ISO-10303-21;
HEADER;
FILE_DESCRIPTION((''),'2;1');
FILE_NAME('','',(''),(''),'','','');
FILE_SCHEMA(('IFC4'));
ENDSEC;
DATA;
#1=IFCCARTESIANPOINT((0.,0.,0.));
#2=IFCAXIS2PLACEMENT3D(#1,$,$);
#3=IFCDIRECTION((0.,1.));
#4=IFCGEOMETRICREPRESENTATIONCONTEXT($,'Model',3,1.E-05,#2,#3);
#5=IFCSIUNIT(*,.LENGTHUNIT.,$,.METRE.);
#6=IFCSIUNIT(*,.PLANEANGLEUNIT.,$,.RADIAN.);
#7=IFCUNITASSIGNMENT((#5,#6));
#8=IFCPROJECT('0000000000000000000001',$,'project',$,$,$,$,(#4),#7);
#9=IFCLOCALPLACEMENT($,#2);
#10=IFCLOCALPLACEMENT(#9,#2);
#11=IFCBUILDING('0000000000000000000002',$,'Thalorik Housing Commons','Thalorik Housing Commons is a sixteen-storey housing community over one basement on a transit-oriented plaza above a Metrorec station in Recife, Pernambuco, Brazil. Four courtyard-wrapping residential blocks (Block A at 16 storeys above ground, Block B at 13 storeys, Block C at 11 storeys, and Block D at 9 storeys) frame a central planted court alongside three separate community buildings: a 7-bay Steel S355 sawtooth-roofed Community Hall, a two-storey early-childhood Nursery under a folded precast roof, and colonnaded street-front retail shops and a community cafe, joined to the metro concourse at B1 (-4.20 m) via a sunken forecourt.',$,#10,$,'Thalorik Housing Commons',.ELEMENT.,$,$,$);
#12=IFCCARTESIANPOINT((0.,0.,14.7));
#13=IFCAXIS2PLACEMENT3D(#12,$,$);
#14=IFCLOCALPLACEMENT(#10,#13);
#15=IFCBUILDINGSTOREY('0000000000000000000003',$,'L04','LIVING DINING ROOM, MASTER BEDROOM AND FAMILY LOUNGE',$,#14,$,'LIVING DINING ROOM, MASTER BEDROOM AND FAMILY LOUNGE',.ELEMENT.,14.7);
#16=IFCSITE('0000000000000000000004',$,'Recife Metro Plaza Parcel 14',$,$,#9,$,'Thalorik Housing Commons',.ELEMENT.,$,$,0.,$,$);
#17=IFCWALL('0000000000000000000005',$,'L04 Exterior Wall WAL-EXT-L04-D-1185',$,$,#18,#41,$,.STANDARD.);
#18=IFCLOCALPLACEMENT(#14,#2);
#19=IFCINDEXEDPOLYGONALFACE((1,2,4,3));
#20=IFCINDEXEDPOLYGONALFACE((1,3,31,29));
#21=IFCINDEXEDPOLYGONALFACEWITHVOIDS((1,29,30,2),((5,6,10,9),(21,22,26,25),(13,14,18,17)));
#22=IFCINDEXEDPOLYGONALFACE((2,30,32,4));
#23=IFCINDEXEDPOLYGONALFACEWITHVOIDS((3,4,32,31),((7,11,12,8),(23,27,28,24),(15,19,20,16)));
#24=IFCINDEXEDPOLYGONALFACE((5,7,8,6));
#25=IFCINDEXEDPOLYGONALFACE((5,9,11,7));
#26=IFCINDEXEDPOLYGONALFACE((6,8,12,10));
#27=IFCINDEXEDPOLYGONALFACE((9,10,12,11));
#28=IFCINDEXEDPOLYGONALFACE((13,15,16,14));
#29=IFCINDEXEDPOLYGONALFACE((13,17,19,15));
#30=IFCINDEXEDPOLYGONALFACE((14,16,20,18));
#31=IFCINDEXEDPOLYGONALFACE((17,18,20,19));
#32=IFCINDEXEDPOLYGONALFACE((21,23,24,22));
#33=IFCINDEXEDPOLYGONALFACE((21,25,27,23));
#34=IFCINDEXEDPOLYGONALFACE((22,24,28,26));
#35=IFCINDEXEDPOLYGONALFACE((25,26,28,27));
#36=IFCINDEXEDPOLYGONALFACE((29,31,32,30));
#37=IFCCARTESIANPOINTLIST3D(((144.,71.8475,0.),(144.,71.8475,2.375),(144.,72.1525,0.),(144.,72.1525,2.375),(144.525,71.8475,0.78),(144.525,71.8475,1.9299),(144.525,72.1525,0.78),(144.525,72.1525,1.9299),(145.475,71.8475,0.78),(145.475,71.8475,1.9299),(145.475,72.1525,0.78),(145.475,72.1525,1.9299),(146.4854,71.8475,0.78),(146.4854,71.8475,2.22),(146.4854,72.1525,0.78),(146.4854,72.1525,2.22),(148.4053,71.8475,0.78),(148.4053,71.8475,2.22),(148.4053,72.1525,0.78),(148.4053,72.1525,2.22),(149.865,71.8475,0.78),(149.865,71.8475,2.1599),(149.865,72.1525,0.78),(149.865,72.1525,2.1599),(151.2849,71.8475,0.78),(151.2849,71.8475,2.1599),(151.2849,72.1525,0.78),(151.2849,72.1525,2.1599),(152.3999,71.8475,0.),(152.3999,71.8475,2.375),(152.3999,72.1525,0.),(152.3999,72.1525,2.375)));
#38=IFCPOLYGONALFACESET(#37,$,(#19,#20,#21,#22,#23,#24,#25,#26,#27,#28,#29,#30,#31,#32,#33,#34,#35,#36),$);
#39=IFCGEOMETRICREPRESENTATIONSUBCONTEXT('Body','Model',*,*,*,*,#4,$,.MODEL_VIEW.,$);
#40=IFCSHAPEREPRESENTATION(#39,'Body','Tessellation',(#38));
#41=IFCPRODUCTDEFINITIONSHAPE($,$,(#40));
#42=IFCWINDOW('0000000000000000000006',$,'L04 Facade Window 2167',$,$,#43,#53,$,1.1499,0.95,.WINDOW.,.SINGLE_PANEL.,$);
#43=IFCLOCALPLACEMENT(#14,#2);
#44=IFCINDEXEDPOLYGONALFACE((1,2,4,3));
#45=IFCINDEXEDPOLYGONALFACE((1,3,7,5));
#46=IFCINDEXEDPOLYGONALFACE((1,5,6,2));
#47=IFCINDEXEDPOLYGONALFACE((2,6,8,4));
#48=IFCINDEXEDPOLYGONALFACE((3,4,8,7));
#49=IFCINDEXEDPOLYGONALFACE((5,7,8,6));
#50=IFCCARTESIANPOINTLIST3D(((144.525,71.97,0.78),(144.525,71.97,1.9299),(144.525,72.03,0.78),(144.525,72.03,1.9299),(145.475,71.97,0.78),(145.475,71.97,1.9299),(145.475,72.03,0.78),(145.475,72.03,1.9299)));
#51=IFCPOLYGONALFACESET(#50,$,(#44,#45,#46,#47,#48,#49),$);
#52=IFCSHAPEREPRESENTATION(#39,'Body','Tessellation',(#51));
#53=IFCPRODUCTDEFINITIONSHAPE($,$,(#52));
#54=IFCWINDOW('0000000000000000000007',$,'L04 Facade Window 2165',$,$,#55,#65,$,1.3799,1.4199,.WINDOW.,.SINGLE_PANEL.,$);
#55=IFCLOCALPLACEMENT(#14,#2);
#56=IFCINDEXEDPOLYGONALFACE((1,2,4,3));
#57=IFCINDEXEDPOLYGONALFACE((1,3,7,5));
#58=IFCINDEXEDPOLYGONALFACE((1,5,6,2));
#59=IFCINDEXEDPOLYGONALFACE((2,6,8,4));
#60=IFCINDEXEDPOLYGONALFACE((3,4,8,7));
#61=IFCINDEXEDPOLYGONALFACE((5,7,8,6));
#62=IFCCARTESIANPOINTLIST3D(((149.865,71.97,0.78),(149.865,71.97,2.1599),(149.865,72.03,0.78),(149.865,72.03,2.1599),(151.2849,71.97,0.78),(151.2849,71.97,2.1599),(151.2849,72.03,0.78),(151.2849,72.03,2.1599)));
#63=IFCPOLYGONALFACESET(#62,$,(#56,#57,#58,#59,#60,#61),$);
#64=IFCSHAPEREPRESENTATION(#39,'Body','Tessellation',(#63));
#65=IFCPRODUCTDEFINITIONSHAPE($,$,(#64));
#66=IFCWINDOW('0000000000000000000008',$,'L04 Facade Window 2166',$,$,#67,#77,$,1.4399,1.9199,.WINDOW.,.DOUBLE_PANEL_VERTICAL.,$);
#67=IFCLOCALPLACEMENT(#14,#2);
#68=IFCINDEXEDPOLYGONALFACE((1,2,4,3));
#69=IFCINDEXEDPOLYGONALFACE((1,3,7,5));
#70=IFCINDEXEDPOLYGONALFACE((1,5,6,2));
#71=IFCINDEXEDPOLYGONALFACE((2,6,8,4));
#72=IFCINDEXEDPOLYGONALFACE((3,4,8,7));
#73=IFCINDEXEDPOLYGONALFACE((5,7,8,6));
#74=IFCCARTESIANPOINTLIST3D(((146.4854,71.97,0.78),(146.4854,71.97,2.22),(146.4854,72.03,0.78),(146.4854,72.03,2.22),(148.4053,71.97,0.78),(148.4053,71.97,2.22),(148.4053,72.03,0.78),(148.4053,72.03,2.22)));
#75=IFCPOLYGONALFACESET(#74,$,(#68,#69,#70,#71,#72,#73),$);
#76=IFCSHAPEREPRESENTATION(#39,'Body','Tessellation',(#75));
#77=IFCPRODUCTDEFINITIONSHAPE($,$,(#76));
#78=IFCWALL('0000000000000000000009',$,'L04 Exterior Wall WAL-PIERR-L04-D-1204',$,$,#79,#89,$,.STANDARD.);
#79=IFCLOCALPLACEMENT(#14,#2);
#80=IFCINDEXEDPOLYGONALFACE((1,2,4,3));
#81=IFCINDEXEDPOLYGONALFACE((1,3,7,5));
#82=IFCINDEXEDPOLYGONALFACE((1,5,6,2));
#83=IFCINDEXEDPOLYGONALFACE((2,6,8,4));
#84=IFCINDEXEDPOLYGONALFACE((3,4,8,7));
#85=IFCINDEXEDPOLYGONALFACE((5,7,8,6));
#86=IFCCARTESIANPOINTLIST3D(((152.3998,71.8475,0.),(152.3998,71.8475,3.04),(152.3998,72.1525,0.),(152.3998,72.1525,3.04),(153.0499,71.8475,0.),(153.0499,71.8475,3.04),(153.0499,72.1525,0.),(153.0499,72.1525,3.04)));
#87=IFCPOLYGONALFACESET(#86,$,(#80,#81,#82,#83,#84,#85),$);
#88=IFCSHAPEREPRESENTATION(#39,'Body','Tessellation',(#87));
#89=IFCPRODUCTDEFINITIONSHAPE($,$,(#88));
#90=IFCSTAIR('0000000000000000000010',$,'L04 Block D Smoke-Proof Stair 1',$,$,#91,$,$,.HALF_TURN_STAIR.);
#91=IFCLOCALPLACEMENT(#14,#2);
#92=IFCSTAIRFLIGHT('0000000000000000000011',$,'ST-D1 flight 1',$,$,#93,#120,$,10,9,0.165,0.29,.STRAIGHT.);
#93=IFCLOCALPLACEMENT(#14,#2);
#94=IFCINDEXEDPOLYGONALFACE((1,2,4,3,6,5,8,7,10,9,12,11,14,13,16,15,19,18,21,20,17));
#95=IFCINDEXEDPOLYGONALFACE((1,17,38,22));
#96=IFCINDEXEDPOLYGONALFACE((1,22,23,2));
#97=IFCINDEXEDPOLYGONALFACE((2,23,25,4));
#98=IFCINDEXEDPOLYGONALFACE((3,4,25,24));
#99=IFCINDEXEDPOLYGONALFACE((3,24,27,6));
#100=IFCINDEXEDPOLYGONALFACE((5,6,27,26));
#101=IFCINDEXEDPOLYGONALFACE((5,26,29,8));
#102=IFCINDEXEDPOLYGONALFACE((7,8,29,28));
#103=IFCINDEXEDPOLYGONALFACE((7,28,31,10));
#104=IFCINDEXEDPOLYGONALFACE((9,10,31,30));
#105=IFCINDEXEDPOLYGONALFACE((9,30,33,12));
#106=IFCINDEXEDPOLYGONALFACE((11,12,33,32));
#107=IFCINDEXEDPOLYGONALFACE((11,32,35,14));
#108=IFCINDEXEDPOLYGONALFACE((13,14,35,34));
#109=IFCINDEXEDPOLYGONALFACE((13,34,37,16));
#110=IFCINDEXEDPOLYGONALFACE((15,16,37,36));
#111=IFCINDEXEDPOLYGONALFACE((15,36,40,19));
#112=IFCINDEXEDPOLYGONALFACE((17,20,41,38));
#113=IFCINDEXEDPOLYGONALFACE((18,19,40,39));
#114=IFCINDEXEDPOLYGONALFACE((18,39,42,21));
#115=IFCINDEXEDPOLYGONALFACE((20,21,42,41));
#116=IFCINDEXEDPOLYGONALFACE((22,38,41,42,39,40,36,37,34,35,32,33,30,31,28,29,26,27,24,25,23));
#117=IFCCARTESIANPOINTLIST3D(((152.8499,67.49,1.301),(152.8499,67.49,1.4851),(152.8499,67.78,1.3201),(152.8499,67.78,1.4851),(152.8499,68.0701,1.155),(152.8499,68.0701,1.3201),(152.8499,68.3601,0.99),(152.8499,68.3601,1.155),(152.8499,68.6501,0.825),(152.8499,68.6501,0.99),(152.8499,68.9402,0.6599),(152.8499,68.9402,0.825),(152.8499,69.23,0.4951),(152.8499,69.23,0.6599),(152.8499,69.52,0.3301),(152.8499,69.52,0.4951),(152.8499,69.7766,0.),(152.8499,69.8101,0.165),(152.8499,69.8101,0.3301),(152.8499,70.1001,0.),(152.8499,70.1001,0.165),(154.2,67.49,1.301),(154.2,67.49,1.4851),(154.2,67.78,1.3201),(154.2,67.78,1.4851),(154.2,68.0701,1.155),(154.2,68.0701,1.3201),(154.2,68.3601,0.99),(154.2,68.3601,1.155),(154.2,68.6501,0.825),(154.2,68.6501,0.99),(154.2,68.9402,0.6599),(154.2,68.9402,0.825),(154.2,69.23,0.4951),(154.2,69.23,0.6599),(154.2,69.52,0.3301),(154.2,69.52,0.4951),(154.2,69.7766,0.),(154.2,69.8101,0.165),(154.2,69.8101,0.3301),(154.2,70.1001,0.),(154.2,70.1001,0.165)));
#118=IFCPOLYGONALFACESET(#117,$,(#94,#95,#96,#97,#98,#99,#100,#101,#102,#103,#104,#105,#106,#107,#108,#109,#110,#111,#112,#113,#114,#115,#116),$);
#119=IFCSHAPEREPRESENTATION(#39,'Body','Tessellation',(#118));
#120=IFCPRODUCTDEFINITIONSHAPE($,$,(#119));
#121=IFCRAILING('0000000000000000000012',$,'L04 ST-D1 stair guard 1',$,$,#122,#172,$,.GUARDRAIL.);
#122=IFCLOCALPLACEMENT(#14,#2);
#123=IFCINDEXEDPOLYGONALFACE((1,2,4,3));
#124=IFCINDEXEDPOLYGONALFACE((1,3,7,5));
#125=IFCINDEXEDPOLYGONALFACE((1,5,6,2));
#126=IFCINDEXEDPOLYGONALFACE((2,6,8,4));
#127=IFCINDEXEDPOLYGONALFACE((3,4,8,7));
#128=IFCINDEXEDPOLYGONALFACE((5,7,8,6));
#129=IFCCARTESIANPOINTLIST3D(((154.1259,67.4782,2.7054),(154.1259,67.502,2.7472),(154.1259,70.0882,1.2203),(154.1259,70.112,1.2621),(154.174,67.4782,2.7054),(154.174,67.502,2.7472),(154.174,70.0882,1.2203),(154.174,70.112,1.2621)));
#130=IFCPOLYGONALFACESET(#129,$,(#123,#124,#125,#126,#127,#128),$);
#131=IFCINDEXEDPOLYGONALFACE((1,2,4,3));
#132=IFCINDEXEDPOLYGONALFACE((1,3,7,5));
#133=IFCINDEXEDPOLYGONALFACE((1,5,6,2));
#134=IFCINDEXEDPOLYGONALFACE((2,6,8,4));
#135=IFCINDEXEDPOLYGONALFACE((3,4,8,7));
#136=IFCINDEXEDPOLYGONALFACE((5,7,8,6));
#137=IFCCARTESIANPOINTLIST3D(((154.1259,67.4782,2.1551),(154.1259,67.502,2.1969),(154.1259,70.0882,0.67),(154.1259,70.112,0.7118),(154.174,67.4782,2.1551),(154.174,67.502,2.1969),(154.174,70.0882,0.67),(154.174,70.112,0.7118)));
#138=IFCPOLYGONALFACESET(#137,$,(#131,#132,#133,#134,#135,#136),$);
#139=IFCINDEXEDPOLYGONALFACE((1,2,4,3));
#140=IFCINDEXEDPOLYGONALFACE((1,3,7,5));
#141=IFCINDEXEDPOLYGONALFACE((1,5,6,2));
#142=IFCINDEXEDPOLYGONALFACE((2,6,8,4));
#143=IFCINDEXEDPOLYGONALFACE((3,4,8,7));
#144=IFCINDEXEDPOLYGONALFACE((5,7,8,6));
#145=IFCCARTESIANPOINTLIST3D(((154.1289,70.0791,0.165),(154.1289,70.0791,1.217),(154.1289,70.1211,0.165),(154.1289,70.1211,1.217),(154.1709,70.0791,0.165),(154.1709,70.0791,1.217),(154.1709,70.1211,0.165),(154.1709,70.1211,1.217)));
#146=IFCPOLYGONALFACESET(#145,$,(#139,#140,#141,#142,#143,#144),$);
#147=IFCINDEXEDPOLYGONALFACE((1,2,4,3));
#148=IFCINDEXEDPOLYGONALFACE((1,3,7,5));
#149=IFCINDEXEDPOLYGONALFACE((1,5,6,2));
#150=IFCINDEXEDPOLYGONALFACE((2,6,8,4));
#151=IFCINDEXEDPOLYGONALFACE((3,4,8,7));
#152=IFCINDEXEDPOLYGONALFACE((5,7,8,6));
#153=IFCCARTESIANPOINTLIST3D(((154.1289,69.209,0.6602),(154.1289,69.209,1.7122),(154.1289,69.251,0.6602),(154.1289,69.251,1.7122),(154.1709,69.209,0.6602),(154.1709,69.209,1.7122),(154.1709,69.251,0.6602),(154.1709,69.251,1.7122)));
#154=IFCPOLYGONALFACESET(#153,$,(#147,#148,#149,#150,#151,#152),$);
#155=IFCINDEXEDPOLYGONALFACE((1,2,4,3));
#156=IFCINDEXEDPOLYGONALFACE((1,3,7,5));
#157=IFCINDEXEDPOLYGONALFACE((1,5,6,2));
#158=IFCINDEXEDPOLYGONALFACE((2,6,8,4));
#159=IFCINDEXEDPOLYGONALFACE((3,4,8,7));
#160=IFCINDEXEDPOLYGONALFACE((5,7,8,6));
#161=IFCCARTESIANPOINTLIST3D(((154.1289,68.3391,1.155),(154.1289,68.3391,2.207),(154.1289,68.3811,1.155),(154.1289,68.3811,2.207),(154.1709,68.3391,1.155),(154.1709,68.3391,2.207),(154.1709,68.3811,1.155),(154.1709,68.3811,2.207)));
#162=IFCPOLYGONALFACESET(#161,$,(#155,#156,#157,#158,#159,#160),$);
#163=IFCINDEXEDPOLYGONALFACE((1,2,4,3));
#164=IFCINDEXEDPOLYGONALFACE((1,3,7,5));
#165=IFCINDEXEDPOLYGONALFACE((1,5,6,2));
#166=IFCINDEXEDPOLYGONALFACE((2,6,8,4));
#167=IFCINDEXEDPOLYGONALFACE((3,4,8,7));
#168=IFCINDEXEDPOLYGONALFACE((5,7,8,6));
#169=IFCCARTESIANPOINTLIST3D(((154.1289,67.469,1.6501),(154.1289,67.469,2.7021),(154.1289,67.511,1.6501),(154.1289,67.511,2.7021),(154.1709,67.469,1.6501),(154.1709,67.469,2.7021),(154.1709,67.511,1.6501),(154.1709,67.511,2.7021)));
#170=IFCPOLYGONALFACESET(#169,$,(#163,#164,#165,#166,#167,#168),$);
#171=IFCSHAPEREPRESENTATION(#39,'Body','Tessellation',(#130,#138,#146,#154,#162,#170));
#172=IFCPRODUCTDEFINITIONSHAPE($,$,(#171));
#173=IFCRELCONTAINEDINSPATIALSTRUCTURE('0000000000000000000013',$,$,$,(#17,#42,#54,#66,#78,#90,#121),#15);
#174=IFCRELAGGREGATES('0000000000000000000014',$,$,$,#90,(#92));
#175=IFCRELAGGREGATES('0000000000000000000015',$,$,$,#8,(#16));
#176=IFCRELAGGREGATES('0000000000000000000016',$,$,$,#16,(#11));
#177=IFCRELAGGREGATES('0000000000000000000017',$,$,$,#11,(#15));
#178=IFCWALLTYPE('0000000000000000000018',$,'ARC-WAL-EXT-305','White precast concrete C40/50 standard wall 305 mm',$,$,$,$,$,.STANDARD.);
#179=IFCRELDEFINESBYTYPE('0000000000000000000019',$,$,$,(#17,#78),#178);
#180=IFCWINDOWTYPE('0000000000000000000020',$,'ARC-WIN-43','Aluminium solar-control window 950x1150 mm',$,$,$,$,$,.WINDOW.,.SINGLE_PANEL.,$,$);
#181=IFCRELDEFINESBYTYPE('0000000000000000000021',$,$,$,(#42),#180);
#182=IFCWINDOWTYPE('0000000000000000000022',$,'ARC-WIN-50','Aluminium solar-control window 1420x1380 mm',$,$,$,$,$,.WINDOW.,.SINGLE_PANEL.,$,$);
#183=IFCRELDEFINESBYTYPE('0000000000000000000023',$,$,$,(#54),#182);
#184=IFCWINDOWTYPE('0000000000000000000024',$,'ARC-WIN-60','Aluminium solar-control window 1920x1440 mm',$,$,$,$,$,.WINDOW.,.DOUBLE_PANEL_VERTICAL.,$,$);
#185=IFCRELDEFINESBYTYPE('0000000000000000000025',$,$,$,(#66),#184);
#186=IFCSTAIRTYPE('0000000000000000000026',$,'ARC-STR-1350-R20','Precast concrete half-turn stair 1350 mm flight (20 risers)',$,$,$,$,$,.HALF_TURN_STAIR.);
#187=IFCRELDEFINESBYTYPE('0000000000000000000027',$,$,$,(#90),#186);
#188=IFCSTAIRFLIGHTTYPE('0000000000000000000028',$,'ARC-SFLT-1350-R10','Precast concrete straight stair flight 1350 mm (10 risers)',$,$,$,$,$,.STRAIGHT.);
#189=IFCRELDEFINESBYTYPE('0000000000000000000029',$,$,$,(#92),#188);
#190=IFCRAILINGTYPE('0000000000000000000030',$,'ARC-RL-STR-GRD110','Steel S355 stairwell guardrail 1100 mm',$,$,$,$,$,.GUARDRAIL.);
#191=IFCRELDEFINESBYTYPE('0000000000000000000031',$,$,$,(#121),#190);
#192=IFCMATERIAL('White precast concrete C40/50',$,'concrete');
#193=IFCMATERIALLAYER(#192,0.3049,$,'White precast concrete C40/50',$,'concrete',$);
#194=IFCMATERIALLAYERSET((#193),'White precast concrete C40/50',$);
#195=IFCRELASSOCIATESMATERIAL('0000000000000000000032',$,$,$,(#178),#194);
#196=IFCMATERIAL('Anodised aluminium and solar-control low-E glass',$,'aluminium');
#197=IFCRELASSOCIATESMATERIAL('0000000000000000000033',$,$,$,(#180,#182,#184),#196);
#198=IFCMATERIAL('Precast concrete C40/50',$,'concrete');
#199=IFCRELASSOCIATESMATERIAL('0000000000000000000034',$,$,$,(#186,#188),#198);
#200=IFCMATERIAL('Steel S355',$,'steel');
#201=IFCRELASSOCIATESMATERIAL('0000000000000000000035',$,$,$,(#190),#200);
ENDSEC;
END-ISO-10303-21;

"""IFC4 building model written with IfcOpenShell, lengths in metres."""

from ifc_helpers import new_model, si_unit, direction, frame, frame_2d, origin, origin_2d, place, context, subcontext, project, spatial, polyline, rectangle, outline, extrude, material, layer, layer_set, type_object, element, fill, aggregate, save


model = new_model("IFC4")

# Units and contexts
model_context = context("Model", 3, precision=1e-05, world=origin(), true_north=direction((0.0, 1.0)))
body_context = subcontext(model_context, "Body", "Model", "MODEL_VIEW")
ifc_project = project(units=[si_unit("LENGTHUNIT", "METRE"), si_unit("PLANEANGLEUNIT", "RADIAN")], contexts=[model_context])

# Site, building, storey
site_placement = place(None, origin())
site = spatial("IfcSite", under=ifc_project, at=site_placement, Name="Recife Metro Plaza Parcel 14", LongName="Thalorik Housing Commons", CompositionType="ELEMENT", RefElevation=0.0)
building_placement = place(site_placement, origin())
building = spatial("IfcBuilding", under=site, at=building_placement, Name="Thalorik Housing Commons", Description="Thalorik Housing Commons is a sixteen-storey housing community over one basement on a transit-oriented plaza above a Metrorec station in Recife, Pernambuco, Brazil. Four courtyard-wrapping residential blocks (Block A at 16 storeys above ground, Block B at 13 storeys, Block C at 11 storeys, and Block D at 9 storeys) frame a central planted court alongside three separate community buildings: a 7-bay Steel S355 sawtooth-roofed Community Hall, a two-storey early-childhood Nursery under a folded precast roof, and colonnaded street-front retail shops and a community cafe, joined to the metro concourse at B1 (-4.20 m) via a sunken forecourt.", LongName="Thalorik Housing Commons", CompositionType="ELEMENT")
storey_placement = place(building_placement, frame((0.0, 0.0, 14.7)))
storey = spatial("IfcBuildingStorey", under=building, at=storey_placement, Name="L04", Description="LIVING DINING ROOM, MASTER BEDROOM AND FAMILY LOUNGE", LongName="LIVING DINING ROOM, MASTER BEDROOM AND FAMILY LOUNGE", CompositionType="ELEMENT", Elevation=14.7)

# Shared definitions
ifc_material_1 = material(Name="Precast concrete C40/50", Category="concrete")

# Shared definitions
ifc_material_2 = material(Name="Anodised aluminium and solar-control low-E glass", Category="aluminium")

# Shared definitions
ifc_material_3 = material(Name="Steel S355", Category="steel")

# Wall, openings, windows
ifc_material_4 = material(Name="White precast concrete C40/50", Category="concrete")
ifc_layer_1 = layer(ifc_material_4, 0.3049, Name="White precast concrete C40/50", Category="concrete")
ifc_layer_set_1 = layer_set([ifc_layer_1], Name="White precast concrete C40/50")
wall_type_1 = type_object("IfcWallType", Name="ARC-WAL-EXT-305", Description="White precast concrete C40/50 standard wall 305 mm", PredefinedType="STANDARD", material=ifc_layer_set_1)
wall_1_placement = place(storey_placement, frame((152.3999, 72.0, 0.0), z_axis=(0.0, 0.0, 1.0), x_axis=(-1.0, 0.0, 0.0)))
wall_1 = element("IfcWall", 1, at=wall_1_placement, inside=storey, type_object=wall_type_1, Name="L04 Exterior Wall WAL-EXT-L04-D-1185", PredefinedType="STANDARD", context=body_context, shape_type="SweptSolid", body=[
    extrude(rectangle(XDim=8.3999, YDim=0.3049, at=frame_2d((4.2, 0.0))), origin(), (0.0, 0.0, 1.0), 2.375),
])
opening_1_placement = place(wall_1_placement, frame((1.115, 0.0, 0.78)))
opening_1 = element("IfcOpeningElement", 2, at=opening_1_placement, cuts=wall_1, PredefinedType="OPENING", context=body_context, shape_type="SweptSolid", body=[
    extrude(rectangle(XDim=1.4199, YDim=1.3799, at=frame_2d((0.71, 0.6899))), frame((0.0, 0.1626, 0.0), z_axis=(0.0, -1.0, 0.0), x_axis=(1.0, 0.0, 0.0)), (0.0, 0.0, 1.0), 0.325),
])
opening_2_placement = place(wall_1_placement, frame((3.9946, 0.0, 0.78)))
opening_2 = element("IfcOpeningElement", 3, at=opening_2_placement, cuts=wall_1, PredefinedType="OPENING", context=body_context, shape_type="SweptSolid", body=[
    extrude(rectangle(XDim=1.9199, YDim=1.4399, at=frame_2d((0.96, 0.72))), frame((0.0, 0.1626, 0.0), z_axis=(0.0, -1.0, 0.0), x_axis=(1.0, 0.0, 0.0)), (0.0, 0.0, 1.0), 0.325),
])
opening_3_placement = place(wall_1_placement, frame((6.9248, 0.0, 0.78)))
opening_3 = element("IfcOpeningElement", 4, at=opening_3_placement, cuts=wall_1, PredefinedType="OPENING", context=body_context, shape_type="SweptSolid", body=[
    extrude(rectangle(XDim=0.95, YDim=1.1499, at=frame_2d((0.4751, 0.575))), frame((0.0, 0.1626, 0.0), z_axis=(0.0, -1.0, 0.0), x_axis=(1.0, 0.0, 0.0)), (0.0, 0.0, 1.0), 0.325),
])
window_type_1 = type_object("IfcWindowType", Name="ARC-WIN-43", Description="Aluminium solar-control window 950x1150 mm", PartitioningType="SINGLE_PANEL", PredefinedType="WINDOW", material=ifc_material_2)
window_1_placement = place(opening_3_placement, origin())
window_1 = element("IfcWindow", 5, at=window_1_placement, inside=storey, type_object=window_type_1, Name="L04 Facade Window 2167", OverallHeight=1.1499, OverallWidth=0.95, PartitioningType="SINGLE_PANEL", PredefinedType="WINDOW", context=body_context, shape_type="SweptSolid", body=[
    extrude(rectangle(XDim=0.95, YDim=1.1499, at=frame_2d((0.4751, 0.575))), frame((0.0, 0.03, 0.0), z_axis=(0.0, -1.0, 0.0), x_axis=(1.0, 0.0, 0.0)), (0.0, 0.0, 1.0), 0.0601),
])
fill(opening_3, window_1)
window_type_2 = type_object("IfcWindowType", Name="ARC-WIN-50", Description="Aluminium solar-control window 1420x1380 mm", PartitioningType="SINGLE_PANEL", PredefinedType="WINDOW", material=ifc_material_2)
window_2_placement = place(opening_1_placement, origin())
window_2 = element("IfcWindow", 6, at=window_2_placement, inside=storey, type_object=window_type_2, Name="L04 Facade Window 2165", OverallHeight=1.3799, OverallWidth=1.4199, PartitioningType="SINGLE_PANEL", PredefinedType="WINDOW", context=body_context, shape_type="SweptSolid", body=[
    extrude(rectangle(XDim=1.4199, YDim=1.3799, at=frame_2d((0.71, 0.6899))), frame((0.0, 0.03, 0.0), z_axis=(0.0, -1.0, 0.0), x_axis=(1.0, 0.0, 0.0)), (0.0, 0.0, 1.0), 0.0601),
])
fill(opening_1, window_2)
window_type_3 = type_object("IfcWindowType", Name="ARC-WIN-60", Description="Aluminium solar-control window 1920x1440 mm", PartitioningType="DOUBLE_PANEL_VERTICAL", PredefinedType="WINDOW", material=ifc_material_2)
window_3_placement = place(opening_2_placement, origin())
window_3 = element("IfcWindow", 7, at=window_3_placement, inside=storey, type_object=window_type_3, Name="L04 Facade Window 2166", OverallHeight=1.4399, OverallWidth=1.9199, PartitioningType="DOUBLE_PANEL_VERTICAL", PredefinedType="WINDOW", context=body_context, shape_type="SweptSolid", body=[
    extrude(rectangle(XDim=1.9199, YDim=1.4399, at=frame_2d((0.96, 0.72))), frame((0.0, 0.03, 0.0), z_axis=(0.0, -1.0, 0.0), x_axis=(1.0, 0.0, 0.0)), (0.0, 0.0, 1.0), 0.0601),
])
fill(opening_2, window_3)

# Wall
wall_2_placement = place(storey_placement, frame((153.05, 72.0, 0.0), z_axis=(0.0, 0.0, 1.0), x_axis=(-1.0, 0.0, 0.0)))
element("IfcWall", 8, at=wall_2_placement, inside=storey, type_object=wall_type_1, Name="L04 Exterior Wall WAL-PIERR-L04-D-1204", PredefinedType="STANDARD", context=body_context, shape_type="SweptSolid", body=[
    extrude(rectangle(XDim=0.6501, YDim=0.3049, at=frame_2d((0.3252, 0.0))), origin(), (0.0, 0.0, 1.0), 3.04),
])

# Stair, stair flight
stair_type = type_object("IfcStairType", Name="ARC-STR-1350-R20", Description="Precast concrete half-turn stair 1350 mm flight (20 risers)", PredefinedType="HALF_TURN_STAIR", material=ifc_material_1)
stair_placement = place(storey_placement, origin())
stair = element("IfcStair", 9, at=stair_placement, inside=storey, type_object=stair_type, Name="L04 Block D Smoke-Proof Stair 1", PredefinedType="HALF_TURN_STAIR")
stair_flight_type = type_object("IfcStairFlightType", Name="ARC-SFLT-1350-R10", Description="Precast concrete straight stair flight 1350 mm (10 risers)", PredefinedType="STRAIGHT", material=ifc_material_1)
stair_flight_placement = place(storey_placement, frame((153.5249, 70.1001, 0.0), z_axis=(0.0, 0.0, 1.0), x_axis=(0.0, -1.0, 0.0)))
stair_flight = element("IfcStairFlight", 10, at=stair_flight_placement, type_object=stair_flight_type, Name="ST-D1 flight 1", NumberOfRisers=10, NumberOfTreads=9, PredefinedType="STRAIGHT", RiserHeight=0.165, TreadLength=0.29, context=body_context, shape_type="SweptSolid", body=[
    extrude(outline(polyline([(0.0, 0.0), (0.0, 0.165), (0.29, 0.165), (0.29, 0.3301), (0.5801, 0.3301), (0.5801, 0.4951), (0.8701, 0.4951), (0.8701, 0.6599), (1.1599, 0.6599), (1.1599, 0.825), (1.45, 0.825), (1.45, 0.99), (1.74, 0.99), (1.74, 1.155), (2.03, 1.155), (2.03, 1.3201), (2.3201, 1.3201), (2.3201, 1.4851), (2.6101, 1.4851), (2.6101, 1.6499), (2.6101, 1.301), (0.3235, 0.0), (0.0, 0.0)])), frame((0.0, 0.675, 0.0), z_axis=(0.0, -1.0, 0.0), x_axis=(1.0, 0.0, 0.0)), (0.0, 0.0, 1.0), 1.3501),
])
aggregate(stair, [stair_flight])

# Railing
railing_type_1 = type_object("IfcRailingType", Name="ARC-RL-STR-GRD110", Description="Steel S355 stairwell guardrail 1100 mm", PredefinedType="GUARDRAIL", material=ifc_material_3)
railing_1_placement = place(storey_placement, frame((154.1499, 70.1001, 0.165)))
element("IfcRailing", 11, at=railing_1_placement, inside=storey, type_object=railing_type_1, Name="L04 ST-D1 stair guard 1", PredefinedType="GUARDRAIL", context=body_context, shape_type="SweptSolid", body=[
    extrude(rectangle(XDim=0.0481, YDim=0.0481, at=origin_2d()), frame((0.0, 0.0, 1.0762), z_axis=(0.0, -0.869157, 0.494536), x_axis=(1.0, 0.0, 0.0)), (0.0, 0.0, 1.0), 3.0029),
    extrude(rectangle(XDim=0.0481, YDim=0.0481, at=origin_2d()), frame((0.0, 0.0, 0.5259), z_axis=(0.0, -0.869157, 0.494536), x_axis=(1.0, 0.0, 0.0)), (0.0, 0.0, 1.0), 3.0029),
    extrude(rectangle(XDim=0.042, YDim=0.042, at=origin_2d()), origin(), (0.0, 0.0, 1.0), 1.052),
    extrude(rectangle(XDim=0.042, YDim=0.042, at=origin_2d()), frame((0.0, -0.8701, 0.4951)), (0.0, 0.0, 1.0), 1.052),
    extrude(rectangle(XDim=0.042, YDim=0.042, at=origin_2d()), frame((0.0, -1.74, 0.99)), (0.0, 0.0, 1.0), 1.052),
    extrude(rectangle(XDim=0.042, YDim=0.042, at=origin_2d()), frame((0.0, -2.6101, 1.4851)), (0.0, 0.0, 1.0), 1.052),
])

save(model, "model.ifc")
